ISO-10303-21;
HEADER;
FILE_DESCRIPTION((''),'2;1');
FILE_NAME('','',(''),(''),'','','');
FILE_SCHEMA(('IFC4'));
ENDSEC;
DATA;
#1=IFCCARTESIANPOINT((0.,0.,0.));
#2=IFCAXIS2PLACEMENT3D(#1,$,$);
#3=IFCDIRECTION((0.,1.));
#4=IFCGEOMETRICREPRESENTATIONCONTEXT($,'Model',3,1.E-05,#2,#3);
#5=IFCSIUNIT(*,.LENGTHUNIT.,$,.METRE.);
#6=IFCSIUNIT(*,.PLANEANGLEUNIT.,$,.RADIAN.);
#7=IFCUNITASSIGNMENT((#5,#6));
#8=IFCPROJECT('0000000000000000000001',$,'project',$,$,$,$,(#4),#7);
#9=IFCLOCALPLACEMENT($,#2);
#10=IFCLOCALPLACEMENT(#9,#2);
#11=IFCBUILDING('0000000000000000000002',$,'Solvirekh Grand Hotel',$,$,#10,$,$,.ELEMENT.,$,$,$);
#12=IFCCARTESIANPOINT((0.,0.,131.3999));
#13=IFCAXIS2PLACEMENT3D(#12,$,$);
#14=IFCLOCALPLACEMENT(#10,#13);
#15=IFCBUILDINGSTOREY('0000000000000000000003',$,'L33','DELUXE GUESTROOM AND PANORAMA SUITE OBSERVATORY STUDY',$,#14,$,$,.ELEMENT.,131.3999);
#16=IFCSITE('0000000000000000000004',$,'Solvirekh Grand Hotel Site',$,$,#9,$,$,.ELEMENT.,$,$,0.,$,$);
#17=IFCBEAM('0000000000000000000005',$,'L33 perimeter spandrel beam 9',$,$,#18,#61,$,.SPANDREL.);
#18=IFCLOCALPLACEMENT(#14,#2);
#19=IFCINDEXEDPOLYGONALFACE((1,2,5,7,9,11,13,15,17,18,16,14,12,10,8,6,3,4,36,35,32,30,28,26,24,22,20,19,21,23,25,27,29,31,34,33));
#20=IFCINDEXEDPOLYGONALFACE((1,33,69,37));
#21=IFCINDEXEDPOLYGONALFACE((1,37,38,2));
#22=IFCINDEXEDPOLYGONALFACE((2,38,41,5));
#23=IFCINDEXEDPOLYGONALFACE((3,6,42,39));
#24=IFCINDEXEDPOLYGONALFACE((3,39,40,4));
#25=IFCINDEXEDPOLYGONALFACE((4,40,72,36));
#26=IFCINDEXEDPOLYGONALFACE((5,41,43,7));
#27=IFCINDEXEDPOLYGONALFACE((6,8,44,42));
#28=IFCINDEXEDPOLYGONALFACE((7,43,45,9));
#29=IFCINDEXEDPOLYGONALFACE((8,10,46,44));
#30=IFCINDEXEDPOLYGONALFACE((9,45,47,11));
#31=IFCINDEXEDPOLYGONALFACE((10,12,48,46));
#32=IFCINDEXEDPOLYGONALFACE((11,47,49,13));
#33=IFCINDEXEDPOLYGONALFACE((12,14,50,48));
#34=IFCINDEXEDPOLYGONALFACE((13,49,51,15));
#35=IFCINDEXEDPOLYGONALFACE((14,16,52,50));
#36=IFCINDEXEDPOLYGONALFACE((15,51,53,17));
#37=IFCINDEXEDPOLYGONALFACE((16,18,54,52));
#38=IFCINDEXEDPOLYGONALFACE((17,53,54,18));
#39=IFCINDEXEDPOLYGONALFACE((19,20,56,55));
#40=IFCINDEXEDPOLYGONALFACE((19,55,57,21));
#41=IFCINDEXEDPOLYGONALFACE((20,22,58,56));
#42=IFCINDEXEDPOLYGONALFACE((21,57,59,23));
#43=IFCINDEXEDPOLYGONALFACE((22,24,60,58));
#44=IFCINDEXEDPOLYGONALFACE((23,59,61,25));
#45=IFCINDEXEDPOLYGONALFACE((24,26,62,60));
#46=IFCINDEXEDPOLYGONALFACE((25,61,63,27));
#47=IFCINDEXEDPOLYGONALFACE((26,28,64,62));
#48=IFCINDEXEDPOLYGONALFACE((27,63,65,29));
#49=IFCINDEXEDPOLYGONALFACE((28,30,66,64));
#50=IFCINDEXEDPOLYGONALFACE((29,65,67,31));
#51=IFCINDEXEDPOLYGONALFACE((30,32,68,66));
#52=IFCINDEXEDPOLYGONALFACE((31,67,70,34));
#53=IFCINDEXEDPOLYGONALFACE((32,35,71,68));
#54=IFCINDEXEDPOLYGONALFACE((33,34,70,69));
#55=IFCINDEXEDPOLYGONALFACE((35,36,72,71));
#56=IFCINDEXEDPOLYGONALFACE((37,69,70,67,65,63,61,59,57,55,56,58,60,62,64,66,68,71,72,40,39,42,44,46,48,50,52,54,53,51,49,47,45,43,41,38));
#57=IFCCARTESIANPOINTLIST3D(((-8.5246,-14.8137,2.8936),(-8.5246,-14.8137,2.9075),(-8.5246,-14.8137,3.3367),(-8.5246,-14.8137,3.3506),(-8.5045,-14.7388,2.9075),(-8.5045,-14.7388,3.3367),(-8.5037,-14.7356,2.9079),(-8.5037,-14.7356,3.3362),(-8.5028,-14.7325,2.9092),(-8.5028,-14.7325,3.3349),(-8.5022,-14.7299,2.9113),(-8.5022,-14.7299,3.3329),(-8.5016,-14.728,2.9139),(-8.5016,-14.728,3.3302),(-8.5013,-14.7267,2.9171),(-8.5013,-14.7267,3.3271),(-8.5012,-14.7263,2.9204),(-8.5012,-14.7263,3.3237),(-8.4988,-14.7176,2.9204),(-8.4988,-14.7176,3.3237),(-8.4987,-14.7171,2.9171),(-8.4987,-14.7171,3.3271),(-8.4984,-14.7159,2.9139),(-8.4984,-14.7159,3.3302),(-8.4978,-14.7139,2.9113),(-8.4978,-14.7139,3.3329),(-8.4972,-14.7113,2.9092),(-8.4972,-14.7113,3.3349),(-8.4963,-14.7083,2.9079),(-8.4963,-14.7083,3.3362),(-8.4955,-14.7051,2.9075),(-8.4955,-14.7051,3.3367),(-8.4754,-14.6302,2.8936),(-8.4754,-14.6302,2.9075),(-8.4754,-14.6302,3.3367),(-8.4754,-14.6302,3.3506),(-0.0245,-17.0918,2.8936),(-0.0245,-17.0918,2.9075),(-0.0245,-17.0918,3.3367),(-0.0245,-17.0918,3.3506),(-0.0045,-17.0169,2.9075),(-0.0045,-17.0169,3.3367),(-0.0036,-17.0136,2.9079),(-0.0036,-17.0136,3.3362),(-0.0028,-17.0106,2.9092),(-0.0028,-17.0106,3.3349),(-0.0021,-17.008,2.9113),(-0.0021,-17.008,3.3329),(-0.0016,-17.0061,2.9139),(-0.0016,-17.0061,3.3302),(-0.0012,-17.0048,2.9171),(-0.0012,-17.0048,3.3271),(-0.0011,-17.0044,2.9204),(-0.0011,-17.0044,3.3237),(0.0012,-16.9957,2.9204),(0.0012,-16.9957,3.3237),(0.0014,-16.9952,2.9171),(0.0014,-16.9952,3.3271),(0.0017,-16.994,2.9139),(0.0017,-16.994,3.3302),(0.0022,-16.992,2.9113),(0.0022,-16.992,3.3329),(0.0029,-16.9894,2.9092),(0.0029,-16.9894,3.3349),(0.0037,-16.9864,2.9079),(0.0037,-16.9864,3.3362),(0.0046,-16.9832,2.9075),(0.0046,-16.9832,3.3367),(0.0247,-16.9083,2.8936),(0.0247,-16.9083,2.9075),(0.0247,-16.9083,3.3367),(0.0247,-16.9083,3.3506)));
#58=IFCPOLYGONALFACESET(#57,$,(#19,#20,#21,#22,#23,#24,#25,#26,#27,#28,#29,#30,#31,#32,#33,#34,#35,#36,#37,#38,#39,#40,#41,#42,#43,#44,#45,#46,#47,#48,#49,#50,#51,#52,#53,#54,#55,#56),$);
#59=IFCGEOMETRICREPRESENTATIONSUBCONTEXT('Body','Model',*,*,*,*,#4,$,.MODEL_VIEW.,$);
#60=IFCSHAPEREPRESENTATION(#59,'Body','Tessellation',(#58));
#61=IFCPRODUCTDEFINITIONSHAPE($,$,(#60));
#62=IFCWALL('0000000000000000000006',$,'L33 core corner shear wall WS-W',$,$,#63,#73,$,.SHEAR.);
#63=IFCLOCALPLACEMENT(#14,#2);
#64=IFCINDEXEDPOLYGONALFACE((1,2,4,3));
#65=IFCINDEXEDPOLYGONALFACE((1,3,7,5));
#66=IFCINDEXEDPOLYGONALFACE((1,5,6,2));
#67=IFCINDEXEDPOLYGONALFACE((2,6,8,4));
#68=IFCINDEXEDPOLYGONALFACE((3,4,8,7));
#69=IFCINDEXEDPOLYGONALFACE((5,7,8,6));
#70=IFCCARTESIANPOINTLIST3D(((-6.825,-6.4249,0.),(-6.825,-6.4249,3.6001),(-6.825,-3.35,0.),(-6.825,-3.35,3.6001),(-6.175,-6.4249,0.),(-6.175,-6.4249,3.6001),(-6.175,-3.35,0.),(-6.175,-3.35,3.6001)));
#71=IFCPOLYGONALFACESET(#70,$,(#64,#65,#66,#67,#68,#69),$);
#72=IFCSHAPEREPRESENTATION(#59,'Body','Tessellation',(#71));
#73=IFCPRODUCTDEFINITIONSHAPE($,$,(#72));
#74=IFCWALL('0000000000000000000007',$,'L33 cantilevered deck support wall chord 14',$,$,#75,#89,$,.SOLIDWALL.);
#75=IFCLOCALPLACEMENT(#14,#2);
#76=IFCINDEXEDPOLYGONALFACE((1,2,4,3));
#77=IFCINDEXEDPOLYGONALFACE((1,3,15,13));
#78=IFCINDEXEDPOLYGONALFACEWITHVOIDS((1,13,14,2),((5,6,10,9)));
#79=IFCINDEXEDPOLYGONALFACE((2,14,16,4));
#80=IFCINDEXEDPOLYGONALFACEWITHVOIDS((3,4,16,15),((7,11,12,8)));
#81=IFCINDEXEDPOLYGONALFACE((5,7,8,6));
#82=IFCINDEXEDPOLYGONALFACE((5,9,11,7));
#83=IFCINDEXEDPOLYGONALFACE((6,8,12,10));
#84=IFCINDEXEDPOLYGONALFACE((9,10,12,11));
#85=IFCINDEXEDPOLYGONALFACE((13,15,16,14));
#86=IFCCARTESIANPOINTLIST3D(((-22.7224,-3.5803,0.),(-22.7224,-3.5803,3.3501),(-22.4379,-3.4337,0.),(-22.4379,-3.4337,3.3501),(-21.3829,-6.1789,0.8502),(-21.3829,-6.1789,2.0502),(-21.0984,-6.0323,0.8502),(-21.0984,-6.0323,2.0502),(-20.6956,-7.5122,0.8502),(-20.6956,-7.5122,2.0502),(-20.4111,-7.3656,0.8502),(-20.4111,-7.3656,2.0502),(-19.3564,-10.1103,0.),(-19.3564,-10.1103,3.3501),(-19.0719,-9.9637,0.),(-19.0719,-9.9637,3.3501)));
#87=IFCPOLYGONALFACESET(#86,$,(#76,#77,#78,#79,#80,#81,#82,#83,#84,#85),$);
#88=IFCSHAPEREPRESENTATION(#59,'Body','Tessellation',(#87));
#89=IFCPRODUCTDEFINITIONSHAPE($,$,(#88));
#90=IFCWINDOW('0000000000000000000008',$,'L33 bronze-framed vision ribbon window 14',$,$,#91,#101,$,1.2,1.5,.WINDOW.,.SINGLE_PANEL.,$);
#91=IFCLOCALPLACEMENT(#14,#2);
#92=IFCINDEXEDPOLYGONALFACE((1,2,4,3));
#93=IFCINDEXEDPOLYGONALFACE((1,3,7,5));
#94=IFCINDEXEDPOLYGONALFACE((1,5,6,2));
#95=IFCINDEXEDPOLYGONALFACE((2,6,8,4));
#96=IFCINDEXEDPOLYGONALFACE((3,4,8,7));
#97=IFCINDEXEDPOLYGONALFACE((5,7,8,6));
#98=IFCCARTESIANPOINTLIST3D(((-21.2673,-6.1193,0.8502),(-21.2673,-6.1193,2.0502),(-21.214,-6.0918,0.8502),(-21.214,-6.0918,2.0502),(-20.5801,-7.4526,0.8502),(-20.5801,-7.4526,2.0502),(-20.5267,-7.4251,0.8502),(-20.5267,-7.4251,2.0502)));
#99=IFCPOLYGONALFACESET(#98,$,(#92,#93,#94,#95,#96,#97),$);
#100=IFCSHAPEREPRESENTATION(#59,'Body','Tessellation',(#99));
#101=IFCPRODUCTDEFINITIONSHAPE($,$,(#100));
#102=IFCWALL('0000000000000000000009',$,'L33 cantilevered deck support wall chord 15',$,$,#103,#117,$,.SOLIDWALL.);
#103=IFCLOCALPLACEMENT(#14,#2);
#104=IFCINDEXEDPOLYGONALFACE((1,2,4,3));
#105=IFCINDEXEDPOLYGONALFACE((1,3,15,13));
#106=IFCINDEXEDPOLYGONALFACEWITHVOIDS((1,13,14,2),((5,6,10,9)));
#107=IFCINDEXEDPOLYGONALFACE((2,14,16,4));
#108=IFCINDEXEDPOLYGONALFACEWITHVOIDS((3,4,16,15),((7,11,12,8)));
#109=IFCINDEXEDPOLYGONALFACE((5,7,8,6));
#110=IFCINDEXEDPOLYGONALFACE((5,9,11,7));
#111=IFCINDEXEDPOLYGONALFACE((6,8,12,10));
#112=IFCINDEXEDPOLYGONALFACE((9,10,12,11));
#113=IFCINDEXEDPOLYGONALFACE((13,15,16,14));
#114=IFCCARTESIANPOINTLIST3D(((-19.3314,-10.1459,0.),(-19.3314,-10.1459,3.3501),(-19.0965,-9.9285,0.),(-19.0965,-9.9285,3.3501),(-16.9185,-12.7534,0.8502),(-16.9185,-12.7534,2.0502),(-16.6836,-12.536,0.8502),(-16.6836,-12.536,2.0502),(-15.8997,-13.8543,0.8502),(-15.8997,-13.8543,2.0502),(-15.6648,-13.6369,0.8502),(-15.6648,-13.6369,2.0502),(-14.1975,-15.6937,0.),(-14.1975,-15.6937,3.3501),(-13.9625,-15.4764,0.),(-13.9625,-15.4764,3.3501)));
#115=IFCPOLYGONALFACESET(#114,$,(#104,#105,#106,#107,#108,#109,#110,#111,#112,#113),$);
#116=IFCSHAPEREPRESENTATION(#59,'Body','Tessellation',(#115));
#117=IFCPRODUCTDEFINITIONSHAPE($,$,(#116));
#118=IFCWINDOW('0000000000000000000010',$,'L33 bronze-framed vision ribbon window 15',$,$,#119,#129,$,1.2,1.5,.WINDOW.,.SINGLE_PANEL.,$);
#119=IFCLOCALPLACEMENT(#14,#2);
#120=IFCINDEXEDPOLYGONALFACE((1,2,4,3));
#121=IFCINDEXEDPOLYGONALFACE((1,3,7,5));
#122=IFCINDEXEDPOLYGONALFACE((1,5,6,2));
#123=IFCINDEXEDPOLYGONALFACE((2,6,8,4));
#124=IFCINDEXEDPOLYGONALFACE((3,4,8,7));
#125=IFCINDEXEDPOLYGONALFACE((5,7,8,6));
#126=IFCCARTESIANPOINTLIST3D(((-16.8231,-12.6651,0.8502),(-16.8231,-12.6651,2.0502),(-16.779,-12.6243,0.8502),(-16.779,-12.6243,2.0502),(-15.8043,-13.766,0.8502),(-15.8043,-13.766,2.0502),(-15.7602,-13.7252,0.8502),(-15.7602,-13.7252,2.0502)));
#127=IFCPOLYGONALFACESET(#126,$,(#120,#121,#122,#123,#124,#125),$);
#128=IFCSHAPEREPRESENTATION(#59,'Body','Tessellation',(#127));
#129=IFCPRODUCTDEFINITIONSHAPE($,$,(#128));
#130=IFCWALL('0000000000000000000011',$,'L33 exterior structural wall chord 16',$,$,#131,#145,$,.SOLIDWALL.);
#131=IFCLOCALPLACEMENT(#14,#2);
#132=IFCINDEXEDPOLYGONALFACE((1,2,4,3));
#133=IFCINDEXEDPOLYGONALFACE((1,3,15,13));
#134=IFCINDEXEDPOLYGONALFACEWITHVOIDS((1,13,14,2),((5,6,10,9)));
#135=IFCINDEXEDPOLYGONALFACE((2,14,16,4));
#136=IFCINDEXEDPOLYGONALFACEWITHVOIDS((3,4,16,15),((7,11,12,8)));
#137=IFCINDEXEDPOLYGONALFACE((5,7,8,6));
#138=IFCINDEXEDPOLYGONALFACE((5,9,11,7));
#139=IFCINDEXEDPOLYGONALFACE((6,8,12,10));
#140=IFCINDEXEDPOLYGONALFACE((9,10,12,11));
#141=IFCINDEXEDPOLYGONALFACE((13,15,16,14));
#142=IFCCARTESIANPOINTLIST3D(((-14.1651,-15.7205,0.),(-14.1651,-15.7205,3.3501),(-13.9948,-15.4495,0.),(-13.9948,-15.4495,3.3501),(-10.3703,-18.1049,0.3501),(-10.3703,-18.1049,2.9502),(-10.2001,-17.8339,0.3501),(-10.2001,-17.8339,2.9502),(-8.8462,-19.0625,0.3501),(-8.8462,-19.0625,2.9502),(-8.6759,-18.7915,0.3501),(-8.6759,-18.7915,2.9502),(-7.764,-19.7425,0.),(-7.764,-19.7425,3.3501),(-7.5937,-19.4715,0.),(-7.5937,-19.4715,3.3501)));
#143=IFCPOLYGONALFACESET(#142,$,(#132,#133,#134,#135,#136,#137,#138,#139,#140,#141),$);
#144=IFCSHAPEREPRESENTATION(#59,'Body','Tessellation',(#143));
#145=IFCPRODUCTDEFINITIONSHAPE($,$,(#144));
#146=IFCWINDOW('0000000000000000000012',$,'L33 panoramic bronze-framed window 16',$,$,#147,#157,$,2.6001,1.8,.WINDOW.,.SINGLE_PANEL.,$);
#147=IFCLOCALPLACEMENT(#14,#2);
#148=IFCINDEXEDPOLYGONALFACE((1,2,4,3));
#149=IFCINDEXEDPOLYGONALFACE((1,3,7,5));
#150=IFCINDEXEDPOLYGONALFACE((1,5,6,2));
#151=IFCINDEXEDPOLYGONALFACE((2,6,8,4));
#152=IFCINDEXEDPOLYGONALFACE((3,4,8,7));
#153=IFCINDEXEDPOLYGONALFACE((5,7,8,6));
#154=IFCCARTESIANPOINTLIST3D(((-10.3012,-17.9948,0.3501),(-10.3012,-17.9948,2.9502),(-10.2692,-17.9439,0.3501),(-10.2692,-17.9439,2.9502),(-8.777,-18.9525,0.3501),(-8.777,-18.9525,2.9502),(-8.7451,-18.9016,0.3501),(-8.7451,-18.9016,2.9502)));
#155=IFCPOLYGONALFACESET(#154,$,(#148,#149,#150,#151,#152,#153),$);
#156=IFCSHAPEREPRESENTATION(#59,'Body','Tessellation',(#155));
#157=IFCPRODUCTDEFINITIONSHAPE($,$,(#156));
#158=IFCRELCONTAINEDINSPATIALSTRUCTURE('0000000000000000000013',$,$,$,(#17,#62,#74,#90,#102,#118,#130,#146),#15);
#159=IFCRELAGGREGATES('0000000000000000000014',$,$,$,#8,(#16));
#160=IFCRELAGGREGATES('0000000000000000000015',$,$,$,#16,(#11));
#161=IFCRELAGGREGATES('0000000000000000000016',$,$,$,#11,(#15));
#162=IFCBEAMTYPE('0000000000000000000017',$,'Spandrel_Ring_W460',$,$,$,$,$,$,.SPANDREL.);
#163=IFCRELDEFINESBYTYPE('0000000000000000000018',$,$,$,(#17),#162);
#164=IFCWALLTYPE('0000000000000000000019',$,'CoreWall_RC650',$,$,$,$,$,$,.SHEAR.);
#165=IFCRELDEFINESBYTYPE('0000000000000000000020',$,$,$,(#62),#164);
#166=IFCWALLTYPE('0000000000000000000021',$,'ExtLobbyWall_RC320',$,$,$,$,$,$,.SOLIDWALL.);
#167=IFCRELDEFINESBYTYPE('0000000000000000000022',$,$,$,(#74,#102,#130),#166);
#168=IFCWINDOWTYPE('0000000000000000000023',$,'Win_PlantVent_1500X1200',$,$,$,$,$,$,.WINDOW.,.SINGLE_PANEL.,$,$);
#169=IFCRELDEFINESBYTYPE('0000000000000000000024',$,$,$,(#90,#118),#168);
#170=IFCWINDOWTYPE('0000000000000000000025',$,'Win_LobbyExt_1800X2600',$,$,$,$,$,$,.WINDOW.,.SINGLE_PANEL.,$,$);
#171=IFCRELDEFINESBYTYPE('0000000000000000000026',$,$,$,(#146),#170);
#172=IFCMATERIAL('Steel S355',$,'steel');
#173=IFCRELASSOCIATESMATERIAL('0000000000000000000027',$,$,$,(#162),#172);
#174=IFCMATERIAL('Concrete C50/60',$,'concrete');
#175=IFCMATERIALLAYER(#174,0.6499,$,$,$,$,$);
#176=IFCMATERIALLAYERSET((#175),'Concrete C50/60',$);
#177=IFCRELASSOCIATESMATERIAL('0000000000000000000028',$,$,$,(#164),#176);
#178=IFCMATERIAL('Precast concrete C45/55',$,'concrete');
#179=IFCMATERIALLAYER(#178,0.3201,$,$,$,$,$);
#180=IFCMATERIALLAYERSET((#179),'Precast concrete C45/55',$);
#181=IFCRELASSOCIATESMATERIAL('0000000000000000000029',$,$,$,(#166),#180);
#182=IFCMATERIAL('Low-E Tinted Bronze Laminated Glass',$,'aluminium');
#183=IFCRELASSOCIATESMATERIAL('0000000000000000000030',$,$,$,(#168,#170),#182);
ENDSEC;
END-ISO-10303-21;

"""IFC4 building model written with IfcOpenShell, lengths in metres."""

from ifc_helpers import new_model, si_unit, direction, frame, frame_2d, origin, origin_2d, place, context, subcontext, project, spatial, rectangle, i_section, extrude, material, layer, layer_set, material_profile, profile_set, type_object, element, fill, save


model = new_model("IFC4")

# Units and contexts
model_context = context("Model", 3, precision=1e-05, world=origin(), true_north=direction((0.0, 1.0)))
body_context = subcontext(model_context, "Body", "Model", "MODEL_VIEW")
ifc_project = project(units=[si_unit("LENGTHUNIT", "METRE"), si_unit("PLANEANGLEUNIT", "RADIAN")], contexts=[model_context])

# Site, building, storey
site_placement = place(None, origin())
site = spatial("IfcSite", under=ifc_project, at=site_placement, Name="Solvirekh Grand Hotel Site", CompositionType="ELEMENT", RefElevation=0.0)
building_placement = place(site_placement, origin())
building = spatial("IfcBuilding", under=site, at=building_placement, Name="Solvirekh Grand Hotel", CompositionType="ELEMENT")
storey_placement = place(building_placement, frame((0.0, 0.0, 131.3999)))
storey = spatial("IfcBuildingStorey", under=building, at=storey_placement, Name="L33", Description="DELUXE GUESTROOM AND PANORAMA SUITE OBSERVATORY STUDY", CompositionType="ELEMENT", Elevation=131.3999)

# Shared definitions
ifc_material_1 = material(Name="Concrete C50/60", Category="concrete")

# Beam
ifc_material_2 = material(Name="Steel S355", Category="steel")
ifc_material_profile_1 = material_profile(ifc_material_2, i_section(OverallWidth=0.1899, OverallDepth=0.457, WebThickness=0.009, FlangeThickness=0.0139, FilletRadius=0.0129, at=origin_2d()), Name="W460X74")
ifc_profile_set_1 = profile_set([ifc_material_profile_1], Name="Steel S355")
beam_type_1 = type_object("IfcBeamType", Name="Spandrel_Ring_W460", PredefinedType="SPANDREL", material=ifc_profile_set_1)
beam_1_placement = place(storey_placement, frame((-8.5, -14.7219, 3.1221), z_axis=(0.965911, -0.258873, 0.0), x_axis=(0.258873, 0.965911, 0.0)))
element("IfcBeam", 1, at=beam_1_placement, inside=storey, type_object=beam_type_1, Name="L33 perimeter spandrel beam 9", PredefinedType="SPANDREL", context=body_context, shape_type="SweptSolid", body=[
    extrude(i_section(OverallWidth=0.1899, OverallDepth=0.457, WebThickness=0.009, FlangeThickness=0.0139, FilletRadius=0.0129, at=origin_2d()), origin(), (0.0, 0.0, 1.0), 8.8),
])

# Wall
ifc_layer_1 = layer(ifc_material_1, 0.6499)
ifc_layer_set_1 = layer_set([ifc_layer_1], Name="Concrete C50/60")
wall_type_1 = type_object("IfcWallType", Name="CoreWall_RC650", PredefinedType="SHEAR", material=ifc_layer_set_1)
wall_1_placement = place(storey_placement, frame((-6.5, -6.425, 0.0), z_axis=(0.0, 0.0, 1.0), x_axis=(0.0, 1.0, 0.0)))
element("IfcWall", 2, at=wall_1_placement, inside=storey, type_object=wall_type_1, Name="L33 core corner shear wall WS-W", PredefinedType="SHEAR", context=body_context, shape_type="SweptSolid", body=[
    extrude(rectangle(XDim=3.075, YDim=0.6499, at=frame_2d((1.5376, 0.0))), origin(), (0.0, 0.0, 1.0), 3.6001),
])

# Walls, openings, windows
ifc_material_3 = material(Name="Precast concrete C45/55", Category="concrete")
ifc_layer_2 = layer(ifc_material_3, 0.3201)
ifc_layer_set_2 = layer_set([ifc_layer_2], Name="Precast concrete C45/55")
wall_type_2 = type_object("IfcWallType", Name="ExtLobbyWall_RC320", PredefinedType="SOLIDWALL", material=ifc_layer_set_2)
wall_2_placement = place(storey_placement, frame((-19.2141, -10.0371, 0.0), z_axis=(0.0, 0.0, 1.0), x_axis=(-0.458173, 0.888863, 0.0)))
wall_2 = element("IfcWall", 3, at=wall_2_placement, inside=storey, type_object=wall_type_2, Name="L33 cantilevered deck support wall chord 14", PredefinedType="SOLIDWALL", context=body_context, shape_type="SweptSolid", body=[
    extrude(rectangle(XDim=7.3464, YDim=0.3201, at=frame_2d((3.6733, 0.0))), origin(), (0.0, 0.0, 1.0), 3.3501),
])
opening_1_placement = place(wall_2_placement, frame((2.9231, 0.0, 0.8501)))
opening_1 = element("IfcOpeningElement", 4, at=opening_1_placement, cuts=wall_2, PredefinedType="OPENING", context=body_context, shape_type="SweptSolid", body=[
    extrude(rectangle(XDim=1.5, YDim=1.2, at=frame_2d((0.75, 0.6001))), frame((0.0, 0.1699, 0.0), z_axis=(0.0, -1.0, 0.0), x_axis=(1.0, 0.0, 0.0)), (0.0, 0.0, 1.0), 0.3401),
])
ifc_material_4 = material(Name="Low-E Tinted Bronze Laminated Glass", Category="aluminium")
window_type_1 = type_object("IfcWindowType", Name="Win_PlantVent_1500X1200", PartitioningType="SINGLE_PANEL", PredefinedType="WINDOW", material=ifc_material_4)
window_1_placement = place(opening_1_placement, origin())
window_1 = element("IfcWindow", 5, at=window_1_placement, inside=storey, type_object=window_type_1, Name="L33 bronze-framed vision ribbon window 14", OverallHeight=1.2, OverallWidth=1.5, PartitioningType="SINGLE_PANEL", PredefinedType="WINDOW", context=body_context, shape_type="SweptSolid", body=[
    extrude(rectangle(XDim=1.5, YDim=1.2, at=frame_2d((0.75, 0.6001))), frame((0.0, 0.03, 0.0), z_axis=(0.0, -1.0, 0.0), x_axis=(1.0, 0.0, 0.0)), (0.0, 0.0, 1.0), 0.0601),
])
fill(opening_1, window_1)
wall_3_placement = place(storey_placement, frame((-14.0801, -15.585, 0.0), z_axis=(0.0, 0.0, 1.0), x_axis=(-0.679204, 0.73395, 0.0)))
wall_3 = element("IfcWall", 6, at=wall_3_placement, inside=storey, type_object=wall_type_2, Name="L33 cantilevered deck support wall chord 15", PredefinedType="SOLIDWALL", context=body_context, shape_type="SweptSolid", body=[
    extrude(rectangle(XDim=7.5588, YDim=0.3201, at=frame_2d((3.7793, 0.0))), origin(), (0.0, 0.0, 1.0), 3.3501),
])
opening_2_placement = place(wall_3_placement, frame((2.5061, 0.0, 0.8501)))
opening_2 = element("IfcOpeningElement", 7, at=opening_2_placement, cuts=wall_3, PredefinedType="OPENING", context=body_context, shape_type="SweptSolid", body=[
    extrude(rectangle(XDim=1.5, YDim=1.2, at=frame_2d((0.75, 0.6001))), frame((0.0, 0.1699, 0.0), z_axis=(0.0, -1.0, 0.0), x_axis=(1.0, 0.0, 0.0)), (0.0, 0.0, 1.0), 0.3401),
])
window_2_placement = place(opening_2_placement, origin())
window_2 = element("IfcWindow", 8, at=window_2_placement, inside=storey, type_object=window_type_1, Name="L33 bronze-framed vision ribbon window 15", OverallHeight=1.2, OverallWidth=1.5, PartitioningType="SINGLE_PANEL", PredefinedType="WINDOW", context=body_context, shape_type="SweptSolid", body=[
    extrude(rectangle(XDim=1.5, YDim=1.2, at=frame_2d((0.75, 0.6001))), frame((0.0, 0.03, 0.0), z_axis=(0.0, -1.0, 0.0), x_axis=(1.0, 0.0, 0.0)), (0.0, 0.0, 1.0), 0.0601),
])
fill(opening_2, window_2)
wall_4_placement = place(storey_placement, frame((-7.679, -19.6069, 0.0), z_axis=(0.0, 0.0, 1.0), x_axis=(-0.846731, 0.532021, 0.0)))
wall_4 = element("IfcWall", 9, at=wall_4_placement, inside=storey, type_object=wall_type_2, Name="L33 exterior structural wall chord 16", PredefinedType="SOLIDWALL", context=body_context, shape_type="SweptSolid", body=[
    extrude(rectangle(XDim=7.5598, YDim=0.3201, at=frame_2d((3.7798, 0.0))), origin(), (0.0, 0.0, 1.0), 3.3501),
])
opening_3_placement = place(wall_4_placement, frame((1.2781, 0.0, 0.3501)))
opening_3 = element("IfcOpeningElement", 10, at=opening_3_placement, cuts=wall_4, PredefinedType="OPENING", context=body_context, shape_type="SweptSolid", body=[
    extrude(rectangle(XDim=1.8, YDim=2.6001, at=frame_2d((0.8999, 1.3))), frame((0.0, 0.1699, 0.0), z_axis=(0.0, -1.0, 0.0), x_axis=(1.0, 0.0, 0.0)), (0.0, 0.0, 1.0), 0.3401),
])
window_type_2 = type_object("IfcWindowType", Name="Win_LobbyExt_1800X2600", PartitioningType="SINGLE_PANEL", PredefinedType="WINDOW", material=ifc_material_4)
window_3_placement = place(opening_3_placement, origin())
window_3 = element("IfcWindow", 11, at=window_3_placement, inside=storey, type_object=window_type_2, Name="L33 panoramic bronze-framed window 16", OverallHeight=2.6001, OverallWidth=1.8, PartitioningType="SINGLE_PANEL", PredefinedType="WINDOW", context=body_context, shape_type="SweptSolid", body=[
    extrude(rectangle(XDim=1.8, YDim=2.6001, at=frame_2d((0.8999, 1.3))), frame((0.0, 0.03, 0.0), z_axis=(0.0, -1.0, 0.0), x_axis=(1.0, 0.0, 0.0)), (0.0, 0.0, 1.0), 0.0601),
])
fill(opening_3, window_3)

save(model, "model.ifc")
